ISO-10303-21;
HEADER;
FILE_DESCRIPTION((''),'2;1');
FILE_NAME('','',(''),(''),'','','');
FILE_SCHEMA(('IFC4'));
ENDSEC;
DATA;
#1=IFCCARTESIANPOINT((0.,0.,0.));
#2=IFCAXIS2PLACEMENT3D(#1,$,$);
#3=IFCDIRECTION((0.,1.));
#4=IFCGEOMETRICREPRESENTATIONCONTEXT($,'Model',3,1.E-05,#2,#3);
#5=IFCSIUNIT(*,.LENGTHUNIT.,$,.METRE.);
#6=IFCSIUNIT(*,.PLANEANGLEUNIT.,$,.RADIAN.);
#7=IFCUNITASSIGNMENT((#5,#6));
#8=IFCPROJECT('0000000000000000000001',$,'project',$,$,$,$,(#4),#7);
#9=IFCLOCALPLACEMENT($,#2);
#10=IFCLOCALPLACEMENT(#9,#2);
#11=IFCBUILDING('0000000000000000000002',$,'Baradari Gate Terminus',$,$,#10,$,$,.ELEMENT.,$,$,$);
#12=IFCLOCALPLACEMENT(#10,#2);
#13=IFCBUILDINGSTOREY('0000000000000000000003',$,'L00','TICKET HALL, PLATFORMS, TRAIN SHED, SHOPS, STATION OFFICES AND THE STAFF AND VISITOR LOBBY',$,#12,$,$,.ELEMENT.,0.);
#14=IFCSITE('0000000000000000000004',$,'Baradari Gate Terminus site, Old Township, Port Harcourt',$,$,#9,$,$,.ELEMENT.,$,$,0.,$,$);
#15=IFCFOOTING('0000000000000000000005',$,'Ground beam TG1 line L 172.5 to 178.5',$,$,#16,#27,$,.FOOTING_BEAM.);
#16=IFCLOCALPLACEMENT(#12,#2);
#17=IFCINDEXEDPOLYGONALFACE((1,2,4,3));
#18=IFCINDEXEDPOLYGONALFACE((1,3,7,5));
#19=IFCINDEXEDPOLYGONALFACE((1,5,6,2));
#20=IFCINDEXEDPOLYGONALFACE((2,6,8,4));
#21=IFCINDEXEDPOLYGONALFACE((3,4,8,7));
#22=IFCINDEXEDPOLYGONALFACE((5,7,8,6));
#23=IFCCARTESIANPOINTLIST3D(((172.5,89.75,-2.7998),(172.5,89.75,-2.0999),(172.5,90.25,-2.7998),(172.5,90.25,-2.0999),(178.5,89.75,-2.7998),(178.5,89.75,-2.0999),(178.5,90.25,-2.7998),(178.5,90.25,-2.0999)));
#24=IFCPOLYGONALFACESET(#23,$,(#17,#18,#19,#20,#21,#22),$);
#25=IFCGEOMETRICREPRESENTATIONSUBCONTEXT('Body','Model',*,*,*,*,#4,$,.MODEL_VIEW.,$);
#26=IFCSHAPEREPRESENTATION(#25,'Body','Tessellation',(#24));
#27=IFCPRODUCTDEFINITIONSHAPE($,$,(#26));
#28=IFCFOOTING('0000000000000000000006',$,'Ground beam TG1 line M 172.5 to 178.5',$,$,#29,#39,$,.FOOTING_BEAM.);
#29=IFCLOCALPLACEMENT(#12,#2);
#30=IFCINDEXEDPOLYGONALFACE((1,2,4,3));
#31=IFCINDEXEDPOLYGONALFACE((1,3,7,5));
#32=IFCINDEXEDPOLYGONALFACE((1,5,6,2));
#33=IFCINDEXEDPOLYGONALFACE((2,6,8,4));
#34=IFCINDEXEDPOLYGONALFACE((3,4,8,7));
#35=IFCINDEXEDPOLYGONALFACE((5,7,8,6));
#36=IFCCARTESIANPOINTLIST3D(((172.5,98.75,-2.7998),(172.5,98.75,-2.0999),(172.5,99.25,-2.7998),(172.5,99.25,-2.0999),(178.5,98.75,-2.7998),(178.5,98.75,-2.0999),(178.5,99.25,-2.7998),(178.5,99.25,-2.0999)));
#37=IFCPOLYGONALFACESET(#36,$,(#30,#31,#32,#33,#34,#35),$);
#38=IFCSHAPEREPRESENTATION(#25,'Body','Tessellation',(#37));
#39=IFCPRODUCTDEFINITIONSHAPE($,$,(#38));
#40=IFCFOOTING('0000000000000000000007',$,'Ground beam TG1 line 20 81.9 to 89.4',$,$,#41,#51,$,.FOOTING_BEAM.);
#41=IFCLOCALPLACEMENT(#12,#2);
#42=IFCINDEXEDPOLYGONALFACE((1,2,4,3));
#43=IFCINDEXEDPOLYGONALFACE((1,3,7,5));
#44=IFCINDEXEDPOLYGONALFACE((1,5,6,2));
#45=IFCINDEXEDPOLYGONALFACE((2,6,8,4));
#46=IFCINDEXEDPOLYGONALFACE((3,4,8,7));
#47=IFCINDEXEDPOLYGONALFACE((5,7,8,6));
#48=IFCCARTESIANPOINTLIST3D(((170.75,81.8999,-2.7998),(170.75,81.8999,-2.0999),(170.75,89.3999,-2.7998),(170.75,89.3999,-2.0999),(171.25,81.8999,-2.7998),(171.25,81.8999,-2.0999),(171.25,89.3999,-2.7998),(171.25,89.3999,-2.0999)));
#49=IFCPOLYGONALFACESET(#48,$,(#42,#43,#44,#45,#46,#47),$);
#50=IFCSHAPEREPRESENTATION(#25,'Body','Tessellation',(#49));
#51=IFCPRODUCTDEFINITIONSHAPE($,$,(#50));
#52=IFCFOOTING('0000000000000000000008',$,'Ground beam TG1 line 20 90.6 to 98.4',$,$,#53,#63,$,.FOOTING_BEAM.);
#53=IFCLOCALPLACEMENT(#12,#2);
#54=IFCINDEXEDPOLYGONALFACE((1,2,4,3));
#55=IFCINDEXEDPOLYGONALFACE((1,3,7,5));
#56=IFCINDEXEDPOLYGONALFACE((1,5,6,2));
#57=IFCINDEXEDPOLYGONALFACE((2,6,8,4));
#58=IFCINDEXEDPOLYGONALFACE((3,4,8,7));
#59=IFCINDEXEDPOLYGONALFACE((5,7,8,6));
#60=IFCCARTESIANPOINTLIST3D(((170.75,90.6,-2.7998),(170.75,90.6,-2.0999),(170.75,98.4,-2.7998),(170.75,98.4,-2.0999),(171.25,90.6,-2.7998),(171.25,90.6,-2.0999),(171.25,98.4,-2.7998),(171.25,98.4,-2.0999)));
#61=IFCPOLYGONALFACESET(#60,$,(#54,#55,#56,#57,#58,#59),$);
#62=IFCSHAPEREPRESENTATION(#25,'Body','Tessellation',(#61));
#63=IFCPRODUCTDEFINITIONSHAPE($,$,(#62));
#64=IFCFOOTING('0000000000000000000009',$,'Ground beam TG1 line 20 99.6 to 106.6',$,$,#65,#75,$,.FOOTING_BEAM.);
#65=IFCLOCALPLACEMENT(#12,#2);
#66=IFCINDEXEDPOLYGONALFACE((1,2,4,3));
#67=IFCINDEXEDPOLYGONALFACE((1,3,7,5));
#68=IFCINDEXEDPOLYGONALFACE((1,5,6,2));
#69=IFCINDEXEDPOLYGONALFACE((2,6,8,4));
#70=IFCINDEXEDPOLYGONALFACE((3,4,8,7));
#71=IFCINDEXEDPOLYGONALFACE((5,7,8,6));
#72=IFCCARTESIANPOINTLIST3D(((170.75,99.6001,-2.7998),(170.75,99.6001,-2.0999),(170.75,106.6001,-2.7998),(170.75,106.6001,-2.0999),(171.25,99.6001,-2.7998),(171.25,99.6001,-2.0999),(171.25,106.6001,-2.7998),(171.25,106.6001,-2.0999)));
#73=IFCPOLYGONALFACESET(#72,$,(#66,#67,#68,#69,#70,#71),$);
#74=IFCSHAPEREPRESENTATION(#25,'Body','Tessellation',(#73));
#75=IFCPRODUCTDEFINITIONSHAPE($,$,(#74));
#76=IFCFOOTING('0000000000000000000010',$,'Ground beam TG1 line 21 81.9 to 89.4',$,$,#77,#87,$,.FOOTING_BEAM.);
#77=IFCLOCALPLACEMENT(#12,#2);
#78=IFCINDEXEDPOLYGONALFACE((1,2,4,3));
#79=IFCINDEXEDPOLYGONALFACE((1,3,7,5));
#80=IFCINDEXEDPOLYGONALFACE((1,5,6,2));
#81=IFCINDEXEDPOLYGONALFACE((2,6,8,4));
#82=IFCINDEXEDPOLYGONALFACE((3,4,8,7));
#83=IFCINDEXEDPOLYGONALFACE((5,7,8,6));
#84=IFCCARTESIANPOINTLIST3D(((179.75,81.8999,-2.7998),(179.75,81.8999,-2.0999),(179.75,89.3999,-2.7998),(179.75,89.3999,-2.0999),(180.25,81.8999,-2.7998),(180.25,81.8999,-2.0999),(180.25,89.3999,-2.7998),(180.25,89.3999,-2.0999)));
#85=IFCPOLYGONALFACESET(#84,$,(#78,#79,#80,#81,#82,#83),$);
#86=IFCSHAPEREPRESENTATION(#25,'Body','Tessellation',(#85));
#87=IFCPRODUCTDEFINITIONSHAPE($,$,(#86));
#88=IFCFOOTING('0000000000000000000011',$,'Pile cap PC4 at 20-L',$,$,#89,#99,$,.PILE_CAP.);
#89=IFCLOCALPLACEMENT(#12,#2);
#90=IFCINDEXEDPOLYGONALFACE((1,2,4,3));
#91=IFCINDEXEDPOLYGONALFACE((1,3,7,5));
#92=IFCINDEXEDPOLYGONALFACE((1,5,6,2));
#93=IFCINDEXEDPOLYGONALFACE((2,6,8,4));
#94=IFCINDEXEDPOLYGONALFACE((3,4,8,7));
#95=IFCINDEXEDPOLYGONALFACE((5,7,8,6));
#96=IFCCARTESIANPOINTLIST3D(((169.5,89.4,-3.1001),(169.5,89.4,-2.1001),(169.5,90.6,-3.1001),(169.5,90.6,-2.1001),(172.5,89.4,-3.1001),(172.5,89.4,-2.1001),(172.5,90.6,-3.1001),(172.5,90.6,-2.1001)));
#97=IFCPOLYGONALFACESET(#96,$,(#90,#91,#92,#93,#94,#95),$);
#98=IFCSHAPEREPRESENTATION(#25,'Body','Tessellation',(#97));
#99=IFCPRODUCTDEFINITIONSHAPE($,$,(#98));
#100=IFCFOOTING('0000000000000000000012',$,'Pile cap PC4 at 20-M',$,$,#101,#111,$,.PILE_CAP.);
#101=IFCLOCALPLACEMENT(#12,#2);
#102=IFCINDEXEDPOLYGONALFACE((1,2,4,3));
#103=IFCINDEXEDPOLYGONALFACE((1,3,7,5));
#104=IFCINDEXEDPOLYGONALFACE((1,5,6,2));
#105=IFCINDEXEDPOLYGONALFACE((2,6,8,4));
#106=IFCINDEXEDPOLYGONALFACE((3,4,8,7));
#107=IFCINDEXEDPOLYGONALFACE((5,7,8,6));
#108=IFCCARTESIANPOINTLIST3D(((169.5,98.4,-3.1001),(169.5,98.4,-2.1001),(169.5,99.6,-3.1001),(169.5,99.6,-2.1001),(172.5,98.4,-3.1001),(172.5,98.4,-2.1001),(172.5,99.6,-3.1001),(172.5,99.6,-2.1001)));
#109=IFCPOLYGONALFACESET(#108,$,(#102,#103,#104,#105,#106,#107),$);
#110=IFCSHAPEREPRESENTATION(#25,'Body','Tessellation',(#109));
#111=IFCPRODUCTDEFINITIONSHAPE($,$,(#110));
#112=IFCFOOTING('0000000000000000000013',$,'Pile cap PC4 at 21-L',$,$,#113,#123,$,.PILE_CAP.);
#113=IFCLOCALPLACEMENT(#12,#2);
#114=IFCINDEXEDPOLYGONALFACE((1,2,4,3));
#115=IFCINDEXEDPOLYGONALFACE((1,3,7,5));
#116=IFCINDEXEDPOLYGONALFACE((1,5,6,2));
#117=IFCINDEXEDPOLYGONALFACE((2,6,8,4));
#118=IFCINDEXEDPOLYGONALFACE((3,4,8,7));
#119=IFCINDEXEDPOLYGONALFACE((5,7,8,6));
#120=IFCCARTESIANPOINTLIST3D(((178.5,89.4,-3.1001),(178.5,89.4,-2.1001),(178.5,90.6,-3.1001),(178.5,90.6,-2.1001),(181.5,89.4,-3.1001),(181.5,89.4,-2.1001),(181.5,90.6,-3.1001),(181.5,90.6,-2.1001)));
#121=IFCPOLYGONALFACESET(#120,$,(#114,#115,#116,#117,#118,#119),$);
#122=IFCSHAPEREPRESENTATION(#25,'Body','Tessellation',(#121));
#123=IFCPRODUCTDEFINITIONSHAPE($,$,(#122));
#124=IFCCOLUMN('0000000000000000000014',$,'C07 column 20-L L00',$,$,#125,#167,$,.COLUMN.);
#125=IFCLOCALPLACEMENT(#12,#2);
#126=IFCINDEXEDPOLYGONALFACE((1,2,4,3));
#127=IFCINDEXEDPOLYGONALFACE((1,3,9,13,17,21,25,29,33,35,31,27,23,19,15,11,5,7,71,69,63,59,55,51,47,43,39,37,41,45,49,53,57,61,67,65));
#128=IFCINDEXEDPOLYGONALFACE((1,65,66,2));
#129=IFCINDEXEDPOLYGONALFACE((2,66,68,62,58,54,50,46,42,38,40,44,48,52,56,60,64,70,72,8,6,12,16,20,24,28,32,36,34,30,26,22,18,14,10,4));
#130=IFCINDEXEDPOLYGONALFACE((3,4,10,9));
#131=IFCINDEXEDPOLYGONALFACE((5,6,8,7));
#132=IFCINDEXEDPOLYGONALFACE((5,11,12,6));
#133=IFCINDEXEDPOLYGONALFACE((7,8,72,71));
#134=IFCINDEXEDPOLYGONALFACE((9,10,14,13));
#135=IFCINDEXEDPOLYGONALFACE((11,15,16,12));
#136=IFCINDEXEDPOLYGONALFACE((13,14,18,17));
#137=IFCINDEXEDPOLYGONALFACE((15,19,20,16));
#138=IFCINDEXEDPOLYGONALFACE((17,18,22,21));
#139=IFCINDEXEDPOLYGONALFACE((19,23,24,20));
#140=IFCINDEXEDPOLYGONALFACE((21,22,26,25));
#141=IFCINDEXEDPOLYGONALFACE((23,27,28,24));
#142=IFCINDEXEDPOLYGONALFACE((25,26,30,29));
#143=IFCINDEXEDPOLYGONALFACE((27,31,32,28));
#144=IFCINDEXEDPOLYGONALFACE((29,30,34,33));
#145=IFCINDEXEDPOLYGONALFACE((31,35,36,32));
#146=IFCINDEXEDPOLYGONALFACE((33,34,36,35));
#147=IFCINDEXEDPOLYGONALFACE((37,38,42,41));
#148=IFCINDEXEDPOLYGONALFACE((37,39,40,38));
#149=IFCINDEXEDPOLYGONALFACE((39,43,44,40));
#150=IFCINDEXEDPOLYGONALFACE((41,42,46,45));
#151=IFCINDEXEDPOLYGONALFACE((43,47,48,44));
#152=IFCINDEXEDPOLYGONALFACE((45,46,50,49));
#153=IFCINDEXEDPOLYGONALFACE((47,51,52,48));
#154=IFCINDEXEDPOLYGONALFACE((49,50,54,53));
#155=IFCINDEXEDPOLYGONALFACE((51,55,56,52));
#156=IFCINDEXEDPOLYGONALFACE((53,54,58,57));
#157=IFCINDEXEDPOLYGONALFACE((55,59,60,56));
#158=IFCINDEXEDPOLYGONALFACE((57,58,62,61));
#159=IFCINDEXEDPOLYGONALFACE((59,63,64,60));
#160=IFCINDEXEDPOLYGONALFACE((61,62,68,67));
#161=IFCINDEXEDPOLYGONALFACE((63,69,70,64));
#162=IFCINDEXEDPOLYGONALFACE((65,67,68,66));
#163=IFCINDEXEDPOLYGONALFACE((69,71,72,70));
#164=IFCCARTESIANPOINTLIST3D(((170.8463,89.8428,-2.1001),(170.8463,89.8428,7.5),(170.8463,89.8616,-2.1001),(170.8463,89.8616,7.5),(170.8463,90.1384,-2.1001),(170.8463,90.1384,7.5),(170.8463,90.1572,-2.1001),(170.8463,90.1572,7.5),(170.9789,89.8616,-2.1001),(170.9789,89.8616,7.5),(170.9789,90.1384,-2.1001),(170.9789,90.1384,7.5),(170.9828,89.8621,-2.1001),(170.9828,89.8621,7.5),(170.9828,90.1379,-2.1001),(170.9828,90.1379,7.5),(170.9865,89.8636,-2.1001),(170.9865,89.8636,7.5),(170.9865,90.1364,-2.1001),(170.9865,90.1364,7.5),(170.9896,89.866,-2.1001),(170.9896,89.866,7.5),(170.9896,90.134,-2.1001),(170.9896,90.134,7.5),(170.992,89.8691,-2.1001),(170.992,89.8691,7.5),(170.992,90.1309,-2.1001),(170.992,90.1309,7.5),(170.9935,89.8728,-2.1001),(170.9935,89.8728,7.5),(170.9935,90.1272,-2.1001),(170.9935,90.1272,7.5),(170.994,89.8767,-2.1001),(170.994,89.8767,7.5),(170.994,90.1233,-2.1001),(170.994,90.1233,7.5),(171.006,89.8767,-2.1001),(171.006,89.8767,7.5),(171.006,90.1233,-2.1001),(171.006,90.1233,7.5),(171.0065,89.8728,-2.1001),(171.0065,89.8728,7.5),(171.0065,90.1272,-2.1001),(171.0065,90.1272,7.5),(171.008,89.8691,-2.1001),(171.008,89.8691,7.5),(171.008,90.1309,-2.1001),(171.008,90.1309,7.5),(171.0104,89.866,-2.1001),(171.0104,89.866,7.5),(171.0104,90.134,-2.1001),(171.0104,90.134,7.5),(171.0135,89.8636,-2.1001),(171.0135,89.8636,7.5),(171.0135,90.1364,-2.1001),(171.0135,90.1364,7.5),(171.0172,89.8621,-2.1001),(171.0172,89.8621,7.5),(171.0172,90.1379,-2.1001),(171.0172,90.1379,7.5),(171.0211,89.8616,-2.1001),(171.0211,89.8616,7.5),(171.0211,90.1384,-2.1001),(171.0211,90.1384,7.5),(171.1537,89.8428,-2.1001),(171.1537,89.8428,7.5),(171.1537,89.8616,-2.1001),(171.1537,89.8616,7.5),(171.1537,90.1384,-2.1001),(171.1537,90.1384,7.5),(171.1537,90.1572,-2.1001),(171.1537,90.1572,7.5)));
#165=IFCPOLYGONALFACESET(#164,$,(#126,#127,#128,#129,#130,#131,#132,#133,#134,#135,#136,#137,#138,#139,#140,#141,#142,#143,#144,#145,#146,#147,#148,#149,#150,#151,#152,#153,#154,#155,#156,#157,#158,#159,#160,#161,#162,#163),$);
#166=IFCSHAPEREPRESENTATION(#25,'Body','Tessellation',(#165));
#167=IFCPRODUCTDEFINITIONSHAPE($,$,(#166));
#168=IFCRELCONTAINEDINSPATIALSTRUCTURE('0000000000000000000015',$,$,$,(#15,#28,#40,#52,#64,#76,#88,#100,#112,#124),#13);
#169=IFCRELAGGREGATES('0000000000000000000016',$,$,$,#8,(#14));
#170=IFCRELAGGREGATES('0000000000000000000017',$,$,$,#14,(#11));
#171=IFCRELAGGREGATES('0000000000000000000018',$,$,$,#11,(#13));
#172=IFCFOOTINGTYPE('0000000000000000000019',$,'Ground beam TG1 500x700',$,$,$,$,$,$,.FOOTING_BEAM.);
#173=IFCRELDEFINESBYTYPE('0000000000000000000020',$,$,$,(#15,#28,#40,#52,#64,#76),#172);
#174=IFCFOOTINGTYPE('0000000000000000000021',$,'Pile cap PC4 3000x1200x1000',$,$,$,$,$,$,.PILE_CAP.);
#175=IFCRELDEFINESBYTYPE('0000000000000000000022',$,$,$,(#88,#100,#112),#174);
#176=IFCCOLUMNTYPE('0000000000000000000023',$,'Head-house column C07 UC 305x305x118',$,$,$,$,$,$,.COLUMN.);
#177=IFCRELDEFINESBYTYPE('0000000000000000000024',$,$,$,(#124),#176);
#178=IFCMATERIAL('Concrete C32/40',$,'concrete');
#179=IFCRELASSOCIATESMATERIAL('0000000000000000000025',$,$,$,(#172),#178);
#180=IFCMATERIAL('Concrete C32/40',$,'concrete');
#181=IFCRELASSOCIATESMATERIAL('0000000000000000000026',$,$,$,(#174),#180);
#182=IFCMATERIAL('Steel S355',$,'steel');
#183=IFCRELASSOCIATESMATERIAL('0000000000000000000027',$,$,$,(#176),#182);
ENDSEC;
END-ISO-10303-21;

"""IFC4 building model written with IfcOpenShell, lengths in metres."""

from ifc_helpers import new_model, si_unit, direction, frame, origin, origin_2d, place, context, subcontext, project, spatial, rectangle, i_section, extrude, material, material_profile, profile_set, type_object, element, save


model = new_model("IFC4")

# Units and contexts
model_context = context("Model", 3, precision=1e-05, world=origin(), true_north=direction((0.0, 1.0)))
body_context = subcontext(model_context, "Body", "Model", "MODEL_VIEW")
ifc_project = project(units=[si_unit("LENGTHUNIT", "METRE"), si_unit("PLANEANGLEUNIT", "RADIAN")], contexts=[model_context])

# Site, building, storey
site_placement = place(None, origin())
site = spatial("IfcSite", under=ifc_project, at=site_placement, Name="Baradari Gate Terminus site, Old Township, Port Harcourt", CompositionType="ELEMENT", RefElevation=0.0)
building_placement = place(site_placement, origin())
building = spatial("IfcBuilding", under=site, at=building_placement, Name="Baradari Gate Terminus", CompositionType="ELEMENT")
storey_placement = place(building_placement, origin())
storey = spatial("IfcBuildingStorey", under=building, at=storey_placement, Name="L00", Description="TICKET HALL, PLATFORMS, TRAIN SHED, SHOPS, STATION OFFICES AND THE STAFF AND VISITOR LOBBY", CompositionType="ELEMENT", Elevation=0.0)

# Footings
ifc_material_1 = material(Name="Concrete C32/40", Category="concrete")
footing_type_1 = type_object("IfcFootingType", Name="Ground beam TG1 500x700", PredefinedType="FOOTING_BEAM", material=ifc_material_1)
for number, where, z_axis, x_axis, name in (
    (1, (175.5, 90.0, -2.7998), (0.0, 0.0, 1.0), (1.0, 0.0, 0.0), "Ground beam TG1 line L 172.5 to 178.5"),
    (2, (175.5, 99.0, -2.7998), (0.0, 0.0, 1.0), (1.0, 0.0, 0.0), "Ground beam TG1 line M 172.5 to 178.5"),
):
    element("IfcFooting", number, at=place(storey_placement, frame(where, z_axis=z_axis, x_axis=x_axis)), inside=storey, type_object=footing_type_1, Name=name, PredefinedType="FOOTING_BEAM", context=body_context, shape_type="SweptSolid", body=[
        extrude(rectangle(XDim=6.0, YDim=0.5, at=origin_2d()), origin(), (0.0, 0.0, 1.0), 0.7),
    ])
footing_1_placement = place(storey_placement, frame((171.0, 85.6499, -2.7998), z_axis=(0.0, 0.0, 1.0), x_axis=(1.0, 0.0, 0.0)))
element("IfcFooting", 3, at=footing_1_placement, inside=storey, type_object=footing_type_1, Name="Ground beam TG1 line 20 81.9 to 89.4", PredefinedType="FOOTING_BEAM", context=body_context, shape_type="SweptSolid", body=[
    extrude(rectangle(XDim=0.5, YDim=7.5, at=origin_2d()), origin(), (0.0, 0.0, 1.0), 0.7),
])
footing_2_placement = place(storey_placement, frame((171.0, 94.5, -2.7998), z_axis=(0.0, 0.0, 1.0), x_axis=(1.0, 0.0, 0.0)))
element("IfcFooting", 4, at=footing_2_placement, inside=storey, type_object=footing_type_1, Name="Ground beam TG1 line 20 90.6 to 98.4", PredefinedType="FOOTING_BEAM", context=body_context, shape_type="SweptSolid", body=[
    extrude(rectangle(XDim=0.5, YDim=7.8, at=origin_2d()), origin(), (0.0, 0.0, 1.0), 0.7),
])
footing_3_placement = place(storey_placement, frame((171.0, 103.1001, -2.7998), z_axis=(0.0, 0.0, 1.0), x_axis=(1.0, 0.0, 0.0)))
element("IfcFooting", 5, at=footing_3_placement, inside=storey, type_object=footing_type_1, Name="Ground beam TG1 line 20 99.6 to 106.6", PredefinedType="FOOTING_BEAM", context=body_context, shape_type="SweptSolid", body=[
    extrude(rectangle(XDim=0.5, YDim=7.0, at=origin_2d()), origin(), (0.0, 0.0, 1.0), 0.7),
])
footing_4_placement = place(storey_placement, frame((180.0, 85.6499, -2.7998), z_axis=(0.0, 0.0, 1.0), x_axis=(1.0, 0.0, 0.0)))
element("IfcFooting", 6, at=footing_4_placement, inside=storey, type_object=footing_type_1, Name="Ground beam TG1 line 21 81.9 to 89.4", PredefinedType="FOOTING_BEAM", context=body_context, shape_type="SweptSolid", body=[
    extrude(rectangle(XDim=0.5, YDim=7.5, at=origin_2d()), origin(), (0.0, 0.0, 1.0), 0.7),
])
ifc_material_2 = material(Name="Concrete C32/40", Category="concrete")
footing_type_2 = type_object("IfcFootingType", Name="Pile cap PC4 3000x1200x1000", PredefinedType="PILE_CAP", material=ifc_material_2)
for number, where, z_axis, x_axis, name in (
    (7, (171.0, 90.0, -3.1001), (0.0, 0.0, 1.0), (1.0, 0.0, 0.0), "Pile cap PC4 at 20-L"),
    (8, (171.0, 99.0, -3.1001), (0.0, 0.0, 1.0), (1.0, 0.0, 0.0), "Pile cap PC4 at 20-M"),
    (9, (180.0, 90.0, -3.1001), (0.0, 0.0, 1.0), (1.0, 0.0, 0.0), "Pile cap PC4 at 21-L"),
):
    element("IfcFooting", number, at=place(storey_placement, frame(where, z_axis=z_axis, x_axis=x_axis)), inside=storey, type_object=footing_type_2, Name=name, PredefinedType="PILE_CAP", context=body_context, shape_type="SweptSolid", body=[
        extrude(rectangle(XDim=3.0, YDim=1.2, at=origin_2d()), origin(), (0.0, 0.0, 1.0), 1.0),
    ])

# Column
ifc_material_3 = material(Name="Steel S355", Category="steel")
ifc_material_profile_1 = material_profile(ifc_material_3, i_section(OverallWidth=0.3074, OverallDepth=0.3145, WebThickness=0.012, FlangeThickness=0.0188, FilletRadius=0.0151, at=origin_2d()), Name="UC 305x305x118")
ifc_profile_set_1 = profile_set([ifc_material_profile_1], Name="Steel S355")
column_type_1 = type_object("IfcColumnType", Name="Head-house column C07 UC 305x305x118", PredefinedType="COLUMN", material=ifc_profile_set_1)
for number, where, z_axis, x_axis, name in (
    (10, (171.0, 90.0, -2.1001), (0.0, 0.0, 1.0), (1.0, 0.0, 0.0), "C07 column 20-L L00"),
):
    element("IfcColumn", number, at=place(storey_placement, frame(where, z_axis=z_axis, x_axis=x_axis)), inside=storey, type_object=column_type_1, Name=name, PredefinedType="COLUMN", context=body_context, shape_type="SweptSolid", body=[
        extrude(i_section(OverallWidth=0.3074, OverallDepth=0.3145, WebThickness=0.012, FlangeThickness=0.0188, FilletRadius=0.0151, at=origin_2d()), origin(), (0.0, 0.0, 1.0), 9.6001),
    ])

save(model, "model.ifc")
